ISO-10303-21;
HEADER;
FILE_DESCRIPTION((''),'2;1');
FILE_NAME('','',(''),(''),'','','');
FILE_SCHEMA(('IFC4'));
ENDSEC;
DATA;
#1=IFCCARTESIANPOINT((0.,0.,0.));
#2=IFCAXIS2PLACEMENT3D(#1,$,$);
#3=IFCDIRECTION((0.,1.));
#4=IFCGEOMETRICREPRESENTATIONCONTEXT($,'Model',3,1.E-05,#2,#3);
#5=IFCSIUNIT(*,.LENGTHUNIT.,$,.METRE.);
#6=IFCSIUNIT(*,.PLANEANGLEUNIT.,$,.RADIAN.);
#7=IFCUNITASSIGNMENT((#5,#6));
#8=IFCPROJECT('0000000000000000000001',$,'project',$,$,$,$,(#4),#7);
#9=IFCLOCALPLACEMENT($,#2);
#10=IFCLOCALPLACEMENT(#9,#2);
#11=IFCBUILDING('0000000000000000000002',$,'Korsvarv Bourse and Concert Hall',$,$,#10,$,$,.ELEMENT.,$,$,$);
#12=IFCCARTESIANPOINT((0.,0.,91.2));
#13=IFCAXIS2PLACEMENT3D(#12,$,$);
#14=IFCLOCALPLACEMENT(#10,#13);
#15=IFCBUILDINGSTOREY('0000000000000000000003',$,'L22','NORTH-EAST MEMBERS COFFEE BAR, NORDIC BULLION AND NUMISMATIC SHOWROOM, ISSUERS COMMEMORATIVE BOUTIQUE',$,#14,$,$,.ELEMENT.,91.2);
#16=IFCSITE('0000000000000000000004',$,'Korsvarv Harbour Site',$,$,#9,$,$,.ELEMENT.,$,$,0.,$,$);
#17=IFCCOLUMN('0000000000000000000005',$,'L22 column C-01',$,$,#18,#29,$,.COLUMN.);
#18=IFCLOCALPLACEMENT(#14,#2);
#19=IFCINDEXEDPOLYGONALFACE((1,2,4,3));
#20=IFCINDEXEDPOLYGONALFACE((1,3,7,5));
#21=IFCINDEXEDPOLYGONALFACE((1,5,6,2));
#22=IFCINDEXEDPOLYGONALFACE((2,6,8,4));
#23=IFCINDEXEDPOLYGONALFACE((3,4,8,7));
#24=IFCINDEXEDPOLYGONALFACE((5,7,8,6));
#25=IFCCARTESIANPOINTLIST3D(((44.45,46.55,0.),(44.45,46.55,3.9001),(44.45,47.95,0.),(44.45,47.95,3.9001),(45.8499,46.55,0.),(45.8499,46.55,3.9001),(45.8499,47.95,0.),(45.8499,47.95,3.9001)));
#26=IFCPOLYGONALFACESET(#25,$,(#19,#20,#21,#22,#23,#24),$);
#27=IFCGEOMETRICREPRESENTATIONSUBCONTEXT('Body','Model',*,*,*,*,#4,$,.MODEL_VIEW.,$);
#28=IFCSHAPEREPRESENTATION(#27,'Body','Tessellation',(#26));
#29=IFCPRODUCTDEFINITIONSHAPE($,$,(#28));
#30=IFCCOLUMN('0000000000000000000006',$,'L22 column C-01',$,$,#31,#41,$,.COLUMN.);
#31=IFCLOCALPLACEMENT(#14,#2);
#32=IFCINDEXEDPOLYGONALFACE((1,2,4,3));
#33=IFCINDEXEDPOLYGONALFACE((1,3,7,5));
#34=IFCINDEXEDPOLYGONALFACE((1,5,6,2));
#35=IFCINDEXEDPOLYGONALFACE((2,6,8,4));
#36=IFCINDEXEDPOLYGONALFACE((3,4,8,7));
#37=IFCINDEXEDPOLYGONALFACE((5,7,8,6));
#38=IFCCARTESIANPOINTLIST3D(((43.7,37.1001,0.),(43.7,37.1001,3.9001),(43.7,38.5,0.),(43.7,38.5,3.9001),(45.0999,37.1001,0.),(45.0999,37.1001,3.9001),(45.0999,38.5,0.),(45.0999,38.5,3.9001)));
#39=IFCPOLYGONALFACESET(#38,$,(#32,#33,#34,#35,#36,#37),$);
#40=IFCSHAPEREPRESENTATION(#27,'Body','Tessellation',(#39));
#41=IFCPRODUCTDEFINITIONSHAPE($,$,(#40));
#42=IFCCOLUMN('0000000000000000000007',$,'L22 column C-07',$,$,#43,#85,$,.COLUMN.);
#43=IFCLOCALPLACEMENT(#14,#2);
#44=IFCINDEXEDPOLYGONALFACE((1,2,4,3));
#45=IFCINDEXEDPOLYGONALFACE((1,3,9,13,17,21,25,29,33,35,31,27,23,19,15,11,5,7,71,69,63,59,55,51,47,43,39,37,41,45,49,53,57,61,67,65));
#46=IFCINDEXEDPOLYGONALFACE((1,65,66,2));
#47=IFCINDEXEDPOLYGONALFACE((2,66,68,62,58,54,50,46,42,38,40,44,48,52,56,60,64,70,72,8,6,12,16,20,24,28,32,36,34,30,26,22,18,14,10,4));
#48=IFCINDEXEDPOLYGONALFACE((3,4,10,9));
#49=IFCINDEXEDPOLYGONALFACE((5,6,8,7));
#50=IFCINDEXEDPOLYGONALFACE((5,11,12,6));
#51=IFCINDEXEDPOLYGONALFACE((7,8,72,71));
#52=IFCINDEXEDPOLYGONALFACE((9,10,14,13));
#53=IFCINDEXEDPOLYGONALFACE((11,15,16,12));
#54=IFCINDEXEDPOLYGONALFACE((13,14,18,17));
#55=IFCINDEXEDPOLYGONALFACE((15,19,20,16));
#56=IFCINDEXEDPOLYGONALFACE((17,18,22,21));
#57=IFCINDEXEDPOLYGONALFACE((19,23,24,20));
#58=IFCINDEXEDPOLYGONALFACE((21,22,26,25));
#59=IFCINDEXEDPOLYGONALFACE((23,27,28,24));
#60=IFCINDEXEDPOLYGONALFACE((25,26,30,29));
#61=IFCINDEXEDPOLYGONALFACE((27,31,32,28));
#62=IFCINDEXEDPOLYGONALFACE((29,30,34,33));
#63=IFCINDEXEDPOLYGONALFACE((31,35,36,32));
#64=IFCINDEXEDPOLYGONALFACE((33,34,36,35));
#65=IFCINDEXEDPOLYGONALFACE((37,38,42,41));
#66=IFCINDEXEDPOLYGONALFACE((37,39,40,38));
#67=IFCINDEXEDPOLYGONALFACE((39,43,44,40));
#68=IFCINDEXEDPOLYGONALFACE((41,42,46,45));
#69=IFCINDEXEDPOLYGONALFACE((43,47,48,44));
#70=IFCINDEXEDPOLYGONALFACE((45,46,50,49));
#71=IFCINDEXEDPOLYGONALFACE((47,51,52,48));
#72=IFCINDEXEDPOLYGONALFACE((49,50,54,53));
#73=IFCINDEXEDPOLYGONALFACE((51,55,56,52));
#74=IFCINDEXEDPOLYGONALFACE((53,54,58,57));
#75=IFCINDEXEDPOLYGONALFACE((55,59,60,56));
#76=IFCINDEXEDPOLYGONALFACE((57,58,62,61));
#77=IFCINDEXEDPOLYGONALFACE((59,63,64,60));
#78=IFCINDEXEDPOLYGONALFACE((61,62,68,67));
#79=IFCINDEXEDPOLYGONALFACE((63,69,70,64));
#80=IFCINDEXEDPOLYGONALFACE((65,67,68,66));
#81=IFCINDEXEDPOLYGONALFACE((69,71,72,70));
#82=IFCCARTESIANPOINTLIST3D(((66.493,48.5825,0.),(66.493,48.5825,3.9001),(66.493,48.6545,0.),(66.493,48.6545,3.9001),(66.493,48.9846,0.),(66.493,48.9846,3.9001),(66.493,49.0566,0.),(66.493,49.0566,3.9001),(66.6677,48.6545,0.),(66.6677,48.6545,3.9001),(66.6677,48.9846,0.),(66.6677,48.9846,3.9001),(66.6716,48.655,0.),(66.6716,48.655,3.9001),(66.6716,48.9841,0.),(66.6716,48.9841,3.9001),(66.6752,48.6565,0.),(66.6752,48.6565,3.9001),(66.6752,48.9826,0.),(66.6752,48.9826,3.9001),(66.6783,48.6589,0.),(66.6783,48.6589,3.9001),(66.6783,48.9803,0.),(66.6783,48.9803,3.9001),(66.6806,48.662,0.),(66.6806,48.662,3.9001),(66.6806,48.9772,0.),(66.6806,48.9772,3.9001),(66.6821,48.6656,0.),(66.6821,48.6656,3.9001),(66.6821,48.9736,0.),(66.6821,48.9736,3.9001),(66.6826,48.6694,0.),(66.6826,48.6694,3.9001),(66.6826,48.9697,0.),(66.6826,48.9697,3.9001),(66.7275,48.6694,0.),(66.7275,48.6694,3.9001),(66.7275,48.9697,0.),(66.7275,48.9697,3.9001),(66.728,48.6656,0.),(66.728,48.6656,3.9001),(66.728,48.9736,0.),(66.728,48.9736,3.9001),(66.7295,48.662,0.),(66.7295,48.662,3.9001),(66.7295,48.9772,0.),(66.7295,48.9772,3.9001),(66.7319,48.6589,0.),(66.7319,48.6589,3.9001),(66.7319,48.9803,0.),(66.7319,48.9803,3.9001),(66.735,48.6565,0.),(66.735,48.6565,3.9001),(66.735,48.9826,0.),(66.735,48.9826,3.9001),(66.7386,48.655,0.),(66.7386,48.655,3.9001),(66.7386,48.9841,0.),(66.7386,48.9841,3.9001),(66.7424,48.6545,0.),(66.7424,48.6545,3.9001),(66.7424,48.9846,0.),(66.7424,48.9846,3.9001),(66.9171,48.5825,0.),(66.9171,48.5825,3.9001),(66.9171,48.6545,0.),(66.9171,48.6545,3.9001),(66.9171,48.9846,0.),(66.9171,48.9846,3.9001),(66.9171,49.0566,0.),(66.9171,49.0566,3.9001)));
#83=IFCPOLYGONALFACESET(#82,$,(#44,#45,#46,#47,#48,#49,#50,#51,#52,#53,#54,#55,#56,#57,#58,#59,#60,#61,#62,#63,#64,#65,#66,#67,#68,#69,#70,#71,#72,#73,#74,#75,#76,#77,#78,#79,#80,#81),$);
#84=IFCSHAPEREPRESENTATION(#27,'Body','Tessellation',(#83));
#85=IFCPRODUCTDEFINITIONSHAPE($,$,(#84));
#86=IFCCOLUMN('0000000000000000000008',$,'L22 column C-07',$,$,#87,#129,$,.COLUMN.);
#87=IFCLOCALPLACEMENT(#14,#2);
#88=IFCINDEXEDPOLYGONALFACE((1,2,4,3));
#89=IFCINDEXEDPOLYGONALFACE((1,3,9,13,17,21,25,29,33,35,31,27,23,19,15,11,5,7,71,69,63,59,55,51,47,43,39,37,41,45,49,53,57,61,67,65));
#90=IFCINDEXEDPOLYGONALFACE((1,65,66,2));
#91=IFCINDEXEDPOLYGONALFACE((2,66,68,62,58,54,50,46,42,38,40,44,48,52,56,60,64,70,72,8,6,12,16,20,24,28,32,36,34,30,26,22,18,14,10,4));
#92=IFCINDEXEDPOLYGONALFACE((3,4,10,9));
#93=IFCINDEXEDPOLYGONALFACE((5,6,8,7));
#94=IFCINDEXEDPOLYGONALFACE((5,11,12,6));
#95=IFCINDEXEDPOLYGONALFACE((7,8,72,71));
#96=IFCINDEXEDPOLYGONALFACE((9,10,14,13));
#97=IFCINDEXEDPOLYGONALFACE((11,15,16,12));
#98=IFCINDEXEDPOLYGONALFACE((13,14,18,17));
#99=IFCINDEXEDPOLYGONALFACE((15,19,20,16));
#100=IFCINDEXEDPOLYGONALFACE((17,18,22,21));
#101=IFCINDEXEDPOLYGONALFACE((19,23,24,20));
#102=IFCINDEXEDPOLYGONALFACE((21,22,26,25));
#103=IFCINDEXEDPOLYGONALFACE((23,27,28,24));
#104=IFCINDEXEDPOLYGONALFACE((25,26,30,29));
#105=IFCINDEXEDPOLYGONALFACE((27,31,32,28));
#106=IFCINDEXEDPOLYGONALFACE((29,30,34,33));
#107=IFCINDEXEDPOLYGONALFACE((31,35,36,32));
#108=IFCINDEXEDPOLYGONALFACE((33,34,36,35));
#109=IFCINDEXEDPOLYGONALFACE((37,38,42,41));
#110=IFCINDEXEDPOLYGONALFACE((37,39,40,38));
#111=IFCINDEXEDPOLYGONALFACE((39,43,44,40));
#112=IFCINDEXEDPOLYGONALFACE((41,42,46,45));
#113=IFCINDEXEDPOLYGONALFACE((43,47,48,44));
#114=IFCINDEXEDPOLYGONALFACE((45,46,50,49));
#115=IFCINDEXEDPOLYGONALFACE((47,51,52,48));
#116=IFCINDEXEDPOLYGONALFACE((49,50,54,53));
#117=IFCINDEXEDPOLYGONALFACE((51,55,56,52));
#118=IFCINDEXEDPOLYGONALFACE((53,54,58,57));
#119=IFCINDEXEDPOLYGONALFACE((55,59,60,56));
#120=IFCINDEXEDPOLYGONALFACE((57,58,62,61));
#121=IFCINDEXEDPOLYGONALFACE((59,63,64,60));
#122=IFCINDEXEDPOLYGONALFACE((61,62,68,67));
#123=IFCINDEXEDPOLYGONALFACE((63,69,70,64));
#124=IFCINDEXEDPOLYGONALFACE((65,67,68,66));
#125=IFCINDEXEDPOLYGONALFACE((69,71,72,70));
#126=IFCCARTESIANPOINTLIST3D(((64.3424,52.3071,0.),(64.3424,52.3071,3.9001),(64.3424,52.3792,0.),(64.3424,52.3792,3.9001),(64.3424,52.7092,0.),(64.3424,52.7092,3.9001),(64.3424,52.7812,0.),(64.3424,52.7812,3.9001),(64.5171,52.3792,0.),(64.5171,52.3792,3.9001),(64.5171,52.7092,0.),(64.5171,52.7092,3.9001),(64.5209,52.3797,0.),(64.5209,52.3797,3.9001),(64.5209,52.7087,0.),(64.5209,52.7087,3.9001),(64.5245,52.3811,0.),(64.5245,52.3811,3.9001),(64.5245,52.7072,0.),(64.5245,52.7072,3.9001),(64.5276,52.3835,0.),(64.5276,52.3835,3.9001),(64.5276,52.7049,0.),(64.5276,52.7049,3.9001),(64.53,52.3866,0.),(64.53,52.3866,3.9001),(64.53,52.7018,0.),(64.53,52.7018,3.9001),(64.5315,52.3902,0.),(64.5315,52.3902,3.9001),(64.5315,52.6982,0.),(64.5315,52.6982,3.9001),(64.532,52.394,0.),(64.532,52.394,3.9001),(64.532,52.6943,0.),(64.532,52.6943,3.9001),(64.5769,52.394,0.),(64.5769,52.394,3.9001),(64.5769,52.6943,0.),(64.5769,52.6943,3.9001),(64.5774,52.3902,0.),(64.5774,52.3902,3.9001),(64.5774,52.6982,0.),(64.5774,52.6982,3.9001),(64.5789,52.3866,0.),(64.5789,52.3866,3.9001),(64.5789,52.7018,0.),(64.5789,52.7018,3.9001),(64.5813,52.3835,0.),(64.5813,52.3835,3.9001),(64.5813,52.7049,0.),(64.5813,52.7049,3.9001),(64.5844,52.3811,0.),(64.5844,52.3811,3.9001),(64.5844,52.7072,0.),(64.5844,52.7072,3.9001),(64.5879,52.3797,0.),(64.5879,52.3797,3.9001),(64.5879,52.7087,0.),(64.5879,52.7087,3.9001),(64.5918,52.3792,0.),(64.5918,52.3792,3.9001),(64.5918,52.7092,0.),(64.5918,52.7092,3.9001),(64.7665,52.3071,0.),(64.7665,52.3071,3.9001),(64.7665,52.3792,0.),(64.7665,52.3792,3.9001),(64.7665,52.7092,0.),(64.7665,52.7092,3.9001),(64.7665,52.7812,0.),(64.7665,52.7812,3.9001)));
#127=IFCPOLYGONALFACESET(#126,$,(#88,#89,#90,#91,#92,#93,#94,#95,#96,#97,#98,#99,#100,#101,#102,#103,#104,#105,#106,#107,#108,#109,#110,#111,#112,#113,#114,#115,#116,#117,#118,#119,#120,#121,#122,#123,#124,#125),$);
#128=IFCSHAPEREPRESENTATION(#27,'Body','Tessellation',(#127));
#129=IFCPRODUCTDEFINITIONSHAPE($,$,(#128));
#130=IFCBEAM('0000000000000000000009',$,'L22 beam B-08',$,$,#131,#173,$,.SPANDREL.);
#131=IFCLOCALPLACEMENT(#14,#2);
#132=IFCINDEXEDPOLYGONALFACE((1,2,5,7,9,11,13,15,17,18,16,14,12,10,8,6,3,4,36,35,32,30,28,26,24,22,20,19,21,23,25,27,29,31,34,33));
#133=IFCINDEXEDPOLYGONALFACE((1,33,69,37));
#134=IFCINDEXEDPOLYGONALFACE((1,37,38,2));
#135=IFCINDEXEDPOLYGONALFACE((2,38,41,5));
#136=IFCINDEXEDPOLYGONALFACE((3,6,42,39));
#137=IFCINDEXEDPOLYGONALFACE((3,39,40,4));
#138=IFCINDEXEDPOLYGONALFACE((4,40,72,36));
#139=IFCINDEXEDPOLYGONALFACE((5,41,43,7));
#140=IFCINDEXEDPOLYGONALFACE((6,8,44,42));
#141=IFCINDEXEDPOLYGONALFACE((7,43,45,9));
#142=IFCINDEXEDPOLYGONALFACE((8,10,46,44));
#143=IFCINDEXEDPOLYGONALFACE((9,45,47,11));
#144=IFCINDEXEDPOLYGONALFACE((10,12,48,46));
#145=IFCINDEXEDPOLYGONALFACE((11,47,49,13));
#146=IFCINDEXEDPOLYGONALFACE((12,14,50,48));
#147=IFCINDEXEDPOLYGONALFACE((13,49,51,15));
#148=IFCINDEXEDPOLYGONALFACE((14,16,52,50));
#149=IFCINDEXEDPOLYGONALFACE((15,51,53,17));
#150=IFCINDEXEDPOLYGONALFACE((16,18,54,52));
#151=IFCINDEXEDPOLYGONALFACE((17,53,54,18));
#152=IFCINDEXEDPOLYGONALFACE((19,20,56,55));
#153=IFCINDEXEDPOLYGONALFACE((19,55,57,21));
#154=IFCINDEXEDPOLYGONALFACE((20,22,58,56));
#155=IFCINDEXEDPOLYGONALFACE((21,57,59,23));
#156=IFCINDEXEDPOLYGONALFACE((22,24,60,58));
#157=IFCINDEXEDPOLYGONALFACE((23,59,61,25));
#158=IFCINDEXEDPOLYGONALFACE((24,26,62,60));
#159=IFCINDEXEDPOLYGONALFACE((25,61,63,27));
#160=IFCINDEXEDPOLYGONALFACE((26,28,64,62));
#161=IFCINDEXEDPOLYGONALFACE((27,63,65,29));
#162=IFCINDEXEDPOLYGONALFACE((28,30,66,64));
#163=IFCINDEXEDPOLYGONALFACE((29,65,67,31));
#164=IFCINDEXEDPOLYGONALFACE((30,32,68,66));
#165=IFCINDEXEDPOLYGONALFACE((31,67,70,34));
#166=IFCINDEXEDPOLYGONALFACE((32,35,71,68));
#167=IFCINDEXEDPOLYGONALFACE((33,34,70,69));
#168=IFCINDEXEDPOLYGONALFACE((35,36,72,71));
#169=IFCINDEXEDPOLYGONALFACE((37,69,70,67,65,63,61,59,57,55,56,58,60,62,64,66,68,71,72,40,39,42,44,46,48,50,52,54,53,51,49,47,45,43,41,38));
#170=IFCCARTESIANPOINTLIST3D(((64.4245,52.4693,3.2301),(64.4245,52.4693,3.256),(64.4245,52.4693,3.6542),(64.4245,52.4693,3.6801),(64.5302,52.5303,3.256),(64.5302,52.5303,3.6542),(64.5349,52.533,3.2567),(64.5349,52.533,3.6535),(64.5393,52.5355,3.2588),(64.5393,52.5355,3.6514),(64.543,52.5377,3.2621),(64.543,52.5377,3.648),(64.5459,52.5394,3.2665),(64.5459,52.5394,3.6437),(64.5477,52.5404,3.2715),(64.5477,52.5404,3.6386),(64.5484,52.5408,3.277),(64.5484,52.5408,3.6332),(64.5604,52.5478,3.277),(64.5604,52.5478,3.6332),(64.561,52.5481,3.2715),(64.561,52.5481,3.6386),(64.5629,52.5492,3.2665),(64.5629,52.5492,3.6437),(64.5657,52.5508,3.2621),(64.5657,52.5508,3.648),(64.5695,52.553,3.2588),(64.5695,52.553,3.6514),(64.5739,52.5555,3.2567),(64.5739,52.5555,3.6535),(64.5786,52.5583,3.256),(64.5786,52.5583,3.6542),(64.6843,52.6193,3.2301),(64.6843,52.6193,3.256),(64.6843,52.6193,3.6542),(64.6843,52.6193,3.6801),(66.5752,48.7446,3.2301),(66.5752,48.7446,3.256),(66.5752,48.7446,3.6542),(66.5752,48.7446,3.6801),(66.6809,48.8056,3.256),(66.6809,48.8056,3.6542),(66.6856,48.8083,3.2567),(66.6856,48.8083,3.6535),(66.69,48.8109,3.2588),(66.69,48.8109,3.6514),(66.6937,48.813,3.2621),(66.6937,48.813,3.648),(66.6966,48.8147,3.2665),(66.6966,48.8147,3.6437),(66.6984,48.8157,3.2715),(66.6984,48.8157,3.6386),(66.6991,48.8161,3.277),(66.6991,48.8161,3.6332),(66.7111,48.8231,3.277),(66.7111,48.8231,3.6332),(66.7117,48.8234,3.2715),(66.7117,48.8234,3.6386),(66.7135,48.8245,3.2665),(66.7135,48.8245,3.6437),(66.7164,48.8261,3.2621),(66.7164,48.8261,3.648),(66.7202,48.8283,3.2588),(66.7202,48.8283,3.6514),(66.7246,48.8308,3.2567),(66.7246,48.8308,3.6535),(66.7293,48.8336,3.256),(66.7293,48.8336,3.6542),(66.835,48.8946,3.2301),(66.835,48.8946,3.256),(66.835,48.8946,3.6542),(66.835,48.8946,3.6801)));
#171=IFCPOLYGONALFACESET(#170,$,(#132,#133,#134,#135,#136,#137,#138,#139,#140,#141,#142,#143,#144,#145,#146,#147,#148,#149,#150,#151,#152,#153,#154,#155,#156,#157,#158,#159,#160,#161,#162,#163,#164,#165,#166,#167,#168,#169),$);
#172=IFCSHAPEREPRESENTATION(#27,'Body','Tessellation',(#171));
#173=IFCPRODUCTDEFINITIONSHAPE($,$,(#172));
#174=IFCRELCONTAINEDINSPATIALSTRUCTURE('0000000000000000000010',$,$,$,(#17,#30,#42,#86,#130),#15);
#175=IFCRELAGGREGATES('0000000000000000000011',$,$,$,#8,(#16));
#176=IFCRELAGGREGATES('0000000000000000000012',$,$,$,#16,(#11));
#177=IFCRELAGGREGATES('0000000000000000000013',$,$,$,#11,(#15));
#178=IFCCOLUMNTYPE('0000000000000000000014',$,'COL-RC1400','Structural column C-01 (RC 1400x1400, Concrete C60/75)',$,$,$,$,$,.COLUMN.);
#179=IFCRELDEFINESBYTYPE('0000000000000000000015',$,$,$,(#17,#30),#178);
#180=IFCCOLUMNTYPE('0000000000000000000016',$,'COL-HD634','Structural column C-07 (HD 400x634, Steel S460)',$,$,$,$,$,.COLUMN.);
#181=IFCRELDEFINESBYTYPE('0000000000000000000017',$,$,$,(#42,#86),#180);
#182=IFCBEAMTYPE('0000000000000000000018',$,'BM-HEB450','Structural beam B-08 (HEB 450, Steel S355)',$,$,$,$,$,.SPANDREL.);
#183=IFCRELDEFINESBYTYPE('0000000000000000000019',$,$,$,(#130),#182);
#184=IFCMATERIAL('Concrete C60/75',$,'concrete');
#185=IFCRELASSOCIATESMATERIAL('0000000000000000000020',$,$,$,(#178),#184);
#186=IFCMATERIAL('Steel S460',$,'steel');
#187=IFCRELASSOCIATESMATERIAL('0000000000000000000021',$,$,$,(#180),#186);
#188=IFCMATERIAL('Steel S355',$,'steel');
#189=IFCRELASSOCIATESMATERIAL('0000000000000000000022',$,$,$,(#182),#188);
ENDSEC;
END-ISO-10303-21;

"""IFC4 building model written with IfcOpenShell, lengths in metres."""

from ifc_helpers import new_model, si_unit, direction, frame, origin, origin_2d, place, context, subcontext, project, spatial, rectangle, i_section, extrude, source, transform, mapped, material, material_profile, profile_set, type_object, element, save


model = new_model("IFC4")

# Units and contexts
model_context = context("Model", 3, precision=1e-05, world=origin(), true_north=direction((0.0, 1.0)))
body_context = subcontext(model_context, "Body", "Model", "MODEL_VIEW")
ifc_project = project(units=[si_unit("LENGTHUNIT", "METRE"), si_unit("PLANEANGLEUNIT", "RADIAN")], contexts=[model_context])

# Site, building, storey
site_placement = place(None, origin())
site = spatial("IfcSite", under=ifc_project, at=site_placement, Name="Korsvarv Harbour Site", CompositionType="ELEMENT", RefElevation=0.0)
building_placement = place(site_placement, origin())
building = spatial("IfcBuilding", under=site, at=building_placement, Name="Korsvarv Bourse and Concert Hall", CompositionType="ELEMENT")
storey_placement = place(building_placement, frame((0.0, 0.0, 91.2)))
storey = spatial("IfcBuildingStorey", under=building, at=storey_placement, Name="L22", Description="NORTH-EAST MEMBERS COFFEE BAR, NORDIC BULLION AND NUMISMATIC SHOWROOM, ISSUERS COMMEMORATIVE BOUTIQUE", CompositionType="ELEMENT", Elevation=91.2)

# Columns
ifc_material_1 = material(Name="Concrete C60/75", Category="concrete")
ifc_material_profile_1 = material_profile(ifc_material_1, rectangle(XDim=1.3999, YDim=1.3999, at=origin_2d()), Name="RC 1400x1400")
ifc_profile_set_1 = profile_set([ifc_material_profile_1], Name="Concrete C60/75")
column_type_1 = type_object("IfcColumnType", Name="COL-RC1400", Description="Structural column C-01 (RC 1400x1400, Concrete C60/75)", PredefinedType="COLUMN", material=ifc_profile_set_1)
shared_shape_1 = source(origin(), body_context, "Body", "SweptSolid", [
    extrude(rectangle(XDim=1.3999, YDim=1.3999, at=origin_2d()), origin(), (0.0, 0.0, 1.0), 3.9001),
])
for number, where, z_axis, x_axis, name in (
    (1, (45.1499, 47.25, 0.0), (0.0, 0.0, 1.0), (1.0, 0.0, 0.0), "L22 column C-01"),
    (2, (44.3999, 37.8, 0.0), (0.0, 0.0, 1.0), (1.0, 0.0, 0.0), "L22 column C-01"),
):
    element("IfcColumn", number, at=place(storey_placement, frame(where, z_axis=z_axis, x_axis=x_axis)), inside=storey, type_object=column_type_1, Name=name, PredefinedType="COLUMN", context=body_context, shape_type="MappedRepresentation", body=[
        mapped(shared_shape_1, transform((0.0, 0.0, 0.0), scale=1.0)),
    ])
ifc_material_2 = material(Name="Steel S460", Category="steel")
ifc_material_profile_2 = material_profile(ifc_material_2, i_section(OverallWidth=0.4241, OverallDepth=0.4741, WebThickness=0.0449, FlangeThickness=0.072, FilletRadius=0.0149, at=origin_2d()), Name="HD 400x634")
ifc_profile_set_2 = profile_set([ifc_material_profile_2], Name="Steel S460")
column_type_2 = type_object("IfcColumnType", Name="COL-HD634", Description="Structural column C-07 (HD 400x634, Steel S460)", PredefinedType="COLUMN", material=ifc_profile_set_2)
shared_shape_2 = source(origin(), body_context, "Body", "SweptSolid", [
    extrude(i_section(OverallWidth=0.4241, OverallDepth=0.4741, WebThickness=0.0449, FlangeThickness=0.072, FilletRadius=0.0149, at=origin_2d()), origin(), (0.0, 0.0, 1.0), 3.9001),
])
for number, where, z_axis, x_axis, name in (
    (3, (66.7051, 48.8196, 0.0), (0.0, 0.0, 1.0), (1.0, 0.0, 0.0), "L22 column C-07"),
    (4, (64.5544, 52.5442, 0.0), (0.0, 0.0, 1.0), (1.0, 0.0, 0.0), "L22 column C-07"),
):
    element("IfcColumn", number, at=place(storey_placement, frame(where, z_axis=z_axis, x_axis=x_axis)), inside=storey, type_object=column_type_2, Name=name, PredefinedType="COLUMN", context=body_context, shape_type="MappedRepresentation", body=[
        mapped(shared_shape_2, transform((0.0, 0.0, 0.0), scale=1.0)),
    ])

# Beam
ifc_material_3 = material(Name="Steel S355", Category="steel")
ifc_material_profile_3 = material_profile(ifc_material_3, i_section(OverallWidth=0.3, OverallDepth=0.45, WebThickness=0.0139, FlangeThickness=0.0259, FilletRadius=0.021, at=origin_2d()), Name="HEB 450")
ifc_profile_set_3 = profile_set([ifc_material_profile_3], Name="Steel S355")
beam_type_1 = type_object("IfcBeamType", Name="BM-HEB450", Description="Structural beam B-08 (HEB 450, Steel S355)", PredefinedType="SPANDREL", material=ifc_profile_set_3)
shared_shape_3 = source(origin(), body_context, "Body", "SweptSolid", [
    extrude(i_section(OverallWidth=0.3, OverallDepth=0.45, WebThickness=0.0139, FlangeThickness=0.0259, FilletRadius=0.021, at=origin_2d()), origin(), (0.0, 0.0, 1.0), 4.301),
])
beam_1_placement = place(storey_placement, frame((66.7051, 48.8196, 3.4551), z_axis=(-0.50004, 0.866002, 0.0), x_axis=(-0.866002, -0.50004, 0.0)))
element("IfcBeam", 5, at=beam_1_placement, inside=storey, type_object=beam_type_1, Name="L22 beam B-08", PredefinedType="SPANDREL", context=body_context, shape_type="MappedRepresentation", body=[
    mapped(shared_shape_3, transform((0.0, 0.0, 0.0), scale=1.0)),
])

save(model, "model.ifc")
